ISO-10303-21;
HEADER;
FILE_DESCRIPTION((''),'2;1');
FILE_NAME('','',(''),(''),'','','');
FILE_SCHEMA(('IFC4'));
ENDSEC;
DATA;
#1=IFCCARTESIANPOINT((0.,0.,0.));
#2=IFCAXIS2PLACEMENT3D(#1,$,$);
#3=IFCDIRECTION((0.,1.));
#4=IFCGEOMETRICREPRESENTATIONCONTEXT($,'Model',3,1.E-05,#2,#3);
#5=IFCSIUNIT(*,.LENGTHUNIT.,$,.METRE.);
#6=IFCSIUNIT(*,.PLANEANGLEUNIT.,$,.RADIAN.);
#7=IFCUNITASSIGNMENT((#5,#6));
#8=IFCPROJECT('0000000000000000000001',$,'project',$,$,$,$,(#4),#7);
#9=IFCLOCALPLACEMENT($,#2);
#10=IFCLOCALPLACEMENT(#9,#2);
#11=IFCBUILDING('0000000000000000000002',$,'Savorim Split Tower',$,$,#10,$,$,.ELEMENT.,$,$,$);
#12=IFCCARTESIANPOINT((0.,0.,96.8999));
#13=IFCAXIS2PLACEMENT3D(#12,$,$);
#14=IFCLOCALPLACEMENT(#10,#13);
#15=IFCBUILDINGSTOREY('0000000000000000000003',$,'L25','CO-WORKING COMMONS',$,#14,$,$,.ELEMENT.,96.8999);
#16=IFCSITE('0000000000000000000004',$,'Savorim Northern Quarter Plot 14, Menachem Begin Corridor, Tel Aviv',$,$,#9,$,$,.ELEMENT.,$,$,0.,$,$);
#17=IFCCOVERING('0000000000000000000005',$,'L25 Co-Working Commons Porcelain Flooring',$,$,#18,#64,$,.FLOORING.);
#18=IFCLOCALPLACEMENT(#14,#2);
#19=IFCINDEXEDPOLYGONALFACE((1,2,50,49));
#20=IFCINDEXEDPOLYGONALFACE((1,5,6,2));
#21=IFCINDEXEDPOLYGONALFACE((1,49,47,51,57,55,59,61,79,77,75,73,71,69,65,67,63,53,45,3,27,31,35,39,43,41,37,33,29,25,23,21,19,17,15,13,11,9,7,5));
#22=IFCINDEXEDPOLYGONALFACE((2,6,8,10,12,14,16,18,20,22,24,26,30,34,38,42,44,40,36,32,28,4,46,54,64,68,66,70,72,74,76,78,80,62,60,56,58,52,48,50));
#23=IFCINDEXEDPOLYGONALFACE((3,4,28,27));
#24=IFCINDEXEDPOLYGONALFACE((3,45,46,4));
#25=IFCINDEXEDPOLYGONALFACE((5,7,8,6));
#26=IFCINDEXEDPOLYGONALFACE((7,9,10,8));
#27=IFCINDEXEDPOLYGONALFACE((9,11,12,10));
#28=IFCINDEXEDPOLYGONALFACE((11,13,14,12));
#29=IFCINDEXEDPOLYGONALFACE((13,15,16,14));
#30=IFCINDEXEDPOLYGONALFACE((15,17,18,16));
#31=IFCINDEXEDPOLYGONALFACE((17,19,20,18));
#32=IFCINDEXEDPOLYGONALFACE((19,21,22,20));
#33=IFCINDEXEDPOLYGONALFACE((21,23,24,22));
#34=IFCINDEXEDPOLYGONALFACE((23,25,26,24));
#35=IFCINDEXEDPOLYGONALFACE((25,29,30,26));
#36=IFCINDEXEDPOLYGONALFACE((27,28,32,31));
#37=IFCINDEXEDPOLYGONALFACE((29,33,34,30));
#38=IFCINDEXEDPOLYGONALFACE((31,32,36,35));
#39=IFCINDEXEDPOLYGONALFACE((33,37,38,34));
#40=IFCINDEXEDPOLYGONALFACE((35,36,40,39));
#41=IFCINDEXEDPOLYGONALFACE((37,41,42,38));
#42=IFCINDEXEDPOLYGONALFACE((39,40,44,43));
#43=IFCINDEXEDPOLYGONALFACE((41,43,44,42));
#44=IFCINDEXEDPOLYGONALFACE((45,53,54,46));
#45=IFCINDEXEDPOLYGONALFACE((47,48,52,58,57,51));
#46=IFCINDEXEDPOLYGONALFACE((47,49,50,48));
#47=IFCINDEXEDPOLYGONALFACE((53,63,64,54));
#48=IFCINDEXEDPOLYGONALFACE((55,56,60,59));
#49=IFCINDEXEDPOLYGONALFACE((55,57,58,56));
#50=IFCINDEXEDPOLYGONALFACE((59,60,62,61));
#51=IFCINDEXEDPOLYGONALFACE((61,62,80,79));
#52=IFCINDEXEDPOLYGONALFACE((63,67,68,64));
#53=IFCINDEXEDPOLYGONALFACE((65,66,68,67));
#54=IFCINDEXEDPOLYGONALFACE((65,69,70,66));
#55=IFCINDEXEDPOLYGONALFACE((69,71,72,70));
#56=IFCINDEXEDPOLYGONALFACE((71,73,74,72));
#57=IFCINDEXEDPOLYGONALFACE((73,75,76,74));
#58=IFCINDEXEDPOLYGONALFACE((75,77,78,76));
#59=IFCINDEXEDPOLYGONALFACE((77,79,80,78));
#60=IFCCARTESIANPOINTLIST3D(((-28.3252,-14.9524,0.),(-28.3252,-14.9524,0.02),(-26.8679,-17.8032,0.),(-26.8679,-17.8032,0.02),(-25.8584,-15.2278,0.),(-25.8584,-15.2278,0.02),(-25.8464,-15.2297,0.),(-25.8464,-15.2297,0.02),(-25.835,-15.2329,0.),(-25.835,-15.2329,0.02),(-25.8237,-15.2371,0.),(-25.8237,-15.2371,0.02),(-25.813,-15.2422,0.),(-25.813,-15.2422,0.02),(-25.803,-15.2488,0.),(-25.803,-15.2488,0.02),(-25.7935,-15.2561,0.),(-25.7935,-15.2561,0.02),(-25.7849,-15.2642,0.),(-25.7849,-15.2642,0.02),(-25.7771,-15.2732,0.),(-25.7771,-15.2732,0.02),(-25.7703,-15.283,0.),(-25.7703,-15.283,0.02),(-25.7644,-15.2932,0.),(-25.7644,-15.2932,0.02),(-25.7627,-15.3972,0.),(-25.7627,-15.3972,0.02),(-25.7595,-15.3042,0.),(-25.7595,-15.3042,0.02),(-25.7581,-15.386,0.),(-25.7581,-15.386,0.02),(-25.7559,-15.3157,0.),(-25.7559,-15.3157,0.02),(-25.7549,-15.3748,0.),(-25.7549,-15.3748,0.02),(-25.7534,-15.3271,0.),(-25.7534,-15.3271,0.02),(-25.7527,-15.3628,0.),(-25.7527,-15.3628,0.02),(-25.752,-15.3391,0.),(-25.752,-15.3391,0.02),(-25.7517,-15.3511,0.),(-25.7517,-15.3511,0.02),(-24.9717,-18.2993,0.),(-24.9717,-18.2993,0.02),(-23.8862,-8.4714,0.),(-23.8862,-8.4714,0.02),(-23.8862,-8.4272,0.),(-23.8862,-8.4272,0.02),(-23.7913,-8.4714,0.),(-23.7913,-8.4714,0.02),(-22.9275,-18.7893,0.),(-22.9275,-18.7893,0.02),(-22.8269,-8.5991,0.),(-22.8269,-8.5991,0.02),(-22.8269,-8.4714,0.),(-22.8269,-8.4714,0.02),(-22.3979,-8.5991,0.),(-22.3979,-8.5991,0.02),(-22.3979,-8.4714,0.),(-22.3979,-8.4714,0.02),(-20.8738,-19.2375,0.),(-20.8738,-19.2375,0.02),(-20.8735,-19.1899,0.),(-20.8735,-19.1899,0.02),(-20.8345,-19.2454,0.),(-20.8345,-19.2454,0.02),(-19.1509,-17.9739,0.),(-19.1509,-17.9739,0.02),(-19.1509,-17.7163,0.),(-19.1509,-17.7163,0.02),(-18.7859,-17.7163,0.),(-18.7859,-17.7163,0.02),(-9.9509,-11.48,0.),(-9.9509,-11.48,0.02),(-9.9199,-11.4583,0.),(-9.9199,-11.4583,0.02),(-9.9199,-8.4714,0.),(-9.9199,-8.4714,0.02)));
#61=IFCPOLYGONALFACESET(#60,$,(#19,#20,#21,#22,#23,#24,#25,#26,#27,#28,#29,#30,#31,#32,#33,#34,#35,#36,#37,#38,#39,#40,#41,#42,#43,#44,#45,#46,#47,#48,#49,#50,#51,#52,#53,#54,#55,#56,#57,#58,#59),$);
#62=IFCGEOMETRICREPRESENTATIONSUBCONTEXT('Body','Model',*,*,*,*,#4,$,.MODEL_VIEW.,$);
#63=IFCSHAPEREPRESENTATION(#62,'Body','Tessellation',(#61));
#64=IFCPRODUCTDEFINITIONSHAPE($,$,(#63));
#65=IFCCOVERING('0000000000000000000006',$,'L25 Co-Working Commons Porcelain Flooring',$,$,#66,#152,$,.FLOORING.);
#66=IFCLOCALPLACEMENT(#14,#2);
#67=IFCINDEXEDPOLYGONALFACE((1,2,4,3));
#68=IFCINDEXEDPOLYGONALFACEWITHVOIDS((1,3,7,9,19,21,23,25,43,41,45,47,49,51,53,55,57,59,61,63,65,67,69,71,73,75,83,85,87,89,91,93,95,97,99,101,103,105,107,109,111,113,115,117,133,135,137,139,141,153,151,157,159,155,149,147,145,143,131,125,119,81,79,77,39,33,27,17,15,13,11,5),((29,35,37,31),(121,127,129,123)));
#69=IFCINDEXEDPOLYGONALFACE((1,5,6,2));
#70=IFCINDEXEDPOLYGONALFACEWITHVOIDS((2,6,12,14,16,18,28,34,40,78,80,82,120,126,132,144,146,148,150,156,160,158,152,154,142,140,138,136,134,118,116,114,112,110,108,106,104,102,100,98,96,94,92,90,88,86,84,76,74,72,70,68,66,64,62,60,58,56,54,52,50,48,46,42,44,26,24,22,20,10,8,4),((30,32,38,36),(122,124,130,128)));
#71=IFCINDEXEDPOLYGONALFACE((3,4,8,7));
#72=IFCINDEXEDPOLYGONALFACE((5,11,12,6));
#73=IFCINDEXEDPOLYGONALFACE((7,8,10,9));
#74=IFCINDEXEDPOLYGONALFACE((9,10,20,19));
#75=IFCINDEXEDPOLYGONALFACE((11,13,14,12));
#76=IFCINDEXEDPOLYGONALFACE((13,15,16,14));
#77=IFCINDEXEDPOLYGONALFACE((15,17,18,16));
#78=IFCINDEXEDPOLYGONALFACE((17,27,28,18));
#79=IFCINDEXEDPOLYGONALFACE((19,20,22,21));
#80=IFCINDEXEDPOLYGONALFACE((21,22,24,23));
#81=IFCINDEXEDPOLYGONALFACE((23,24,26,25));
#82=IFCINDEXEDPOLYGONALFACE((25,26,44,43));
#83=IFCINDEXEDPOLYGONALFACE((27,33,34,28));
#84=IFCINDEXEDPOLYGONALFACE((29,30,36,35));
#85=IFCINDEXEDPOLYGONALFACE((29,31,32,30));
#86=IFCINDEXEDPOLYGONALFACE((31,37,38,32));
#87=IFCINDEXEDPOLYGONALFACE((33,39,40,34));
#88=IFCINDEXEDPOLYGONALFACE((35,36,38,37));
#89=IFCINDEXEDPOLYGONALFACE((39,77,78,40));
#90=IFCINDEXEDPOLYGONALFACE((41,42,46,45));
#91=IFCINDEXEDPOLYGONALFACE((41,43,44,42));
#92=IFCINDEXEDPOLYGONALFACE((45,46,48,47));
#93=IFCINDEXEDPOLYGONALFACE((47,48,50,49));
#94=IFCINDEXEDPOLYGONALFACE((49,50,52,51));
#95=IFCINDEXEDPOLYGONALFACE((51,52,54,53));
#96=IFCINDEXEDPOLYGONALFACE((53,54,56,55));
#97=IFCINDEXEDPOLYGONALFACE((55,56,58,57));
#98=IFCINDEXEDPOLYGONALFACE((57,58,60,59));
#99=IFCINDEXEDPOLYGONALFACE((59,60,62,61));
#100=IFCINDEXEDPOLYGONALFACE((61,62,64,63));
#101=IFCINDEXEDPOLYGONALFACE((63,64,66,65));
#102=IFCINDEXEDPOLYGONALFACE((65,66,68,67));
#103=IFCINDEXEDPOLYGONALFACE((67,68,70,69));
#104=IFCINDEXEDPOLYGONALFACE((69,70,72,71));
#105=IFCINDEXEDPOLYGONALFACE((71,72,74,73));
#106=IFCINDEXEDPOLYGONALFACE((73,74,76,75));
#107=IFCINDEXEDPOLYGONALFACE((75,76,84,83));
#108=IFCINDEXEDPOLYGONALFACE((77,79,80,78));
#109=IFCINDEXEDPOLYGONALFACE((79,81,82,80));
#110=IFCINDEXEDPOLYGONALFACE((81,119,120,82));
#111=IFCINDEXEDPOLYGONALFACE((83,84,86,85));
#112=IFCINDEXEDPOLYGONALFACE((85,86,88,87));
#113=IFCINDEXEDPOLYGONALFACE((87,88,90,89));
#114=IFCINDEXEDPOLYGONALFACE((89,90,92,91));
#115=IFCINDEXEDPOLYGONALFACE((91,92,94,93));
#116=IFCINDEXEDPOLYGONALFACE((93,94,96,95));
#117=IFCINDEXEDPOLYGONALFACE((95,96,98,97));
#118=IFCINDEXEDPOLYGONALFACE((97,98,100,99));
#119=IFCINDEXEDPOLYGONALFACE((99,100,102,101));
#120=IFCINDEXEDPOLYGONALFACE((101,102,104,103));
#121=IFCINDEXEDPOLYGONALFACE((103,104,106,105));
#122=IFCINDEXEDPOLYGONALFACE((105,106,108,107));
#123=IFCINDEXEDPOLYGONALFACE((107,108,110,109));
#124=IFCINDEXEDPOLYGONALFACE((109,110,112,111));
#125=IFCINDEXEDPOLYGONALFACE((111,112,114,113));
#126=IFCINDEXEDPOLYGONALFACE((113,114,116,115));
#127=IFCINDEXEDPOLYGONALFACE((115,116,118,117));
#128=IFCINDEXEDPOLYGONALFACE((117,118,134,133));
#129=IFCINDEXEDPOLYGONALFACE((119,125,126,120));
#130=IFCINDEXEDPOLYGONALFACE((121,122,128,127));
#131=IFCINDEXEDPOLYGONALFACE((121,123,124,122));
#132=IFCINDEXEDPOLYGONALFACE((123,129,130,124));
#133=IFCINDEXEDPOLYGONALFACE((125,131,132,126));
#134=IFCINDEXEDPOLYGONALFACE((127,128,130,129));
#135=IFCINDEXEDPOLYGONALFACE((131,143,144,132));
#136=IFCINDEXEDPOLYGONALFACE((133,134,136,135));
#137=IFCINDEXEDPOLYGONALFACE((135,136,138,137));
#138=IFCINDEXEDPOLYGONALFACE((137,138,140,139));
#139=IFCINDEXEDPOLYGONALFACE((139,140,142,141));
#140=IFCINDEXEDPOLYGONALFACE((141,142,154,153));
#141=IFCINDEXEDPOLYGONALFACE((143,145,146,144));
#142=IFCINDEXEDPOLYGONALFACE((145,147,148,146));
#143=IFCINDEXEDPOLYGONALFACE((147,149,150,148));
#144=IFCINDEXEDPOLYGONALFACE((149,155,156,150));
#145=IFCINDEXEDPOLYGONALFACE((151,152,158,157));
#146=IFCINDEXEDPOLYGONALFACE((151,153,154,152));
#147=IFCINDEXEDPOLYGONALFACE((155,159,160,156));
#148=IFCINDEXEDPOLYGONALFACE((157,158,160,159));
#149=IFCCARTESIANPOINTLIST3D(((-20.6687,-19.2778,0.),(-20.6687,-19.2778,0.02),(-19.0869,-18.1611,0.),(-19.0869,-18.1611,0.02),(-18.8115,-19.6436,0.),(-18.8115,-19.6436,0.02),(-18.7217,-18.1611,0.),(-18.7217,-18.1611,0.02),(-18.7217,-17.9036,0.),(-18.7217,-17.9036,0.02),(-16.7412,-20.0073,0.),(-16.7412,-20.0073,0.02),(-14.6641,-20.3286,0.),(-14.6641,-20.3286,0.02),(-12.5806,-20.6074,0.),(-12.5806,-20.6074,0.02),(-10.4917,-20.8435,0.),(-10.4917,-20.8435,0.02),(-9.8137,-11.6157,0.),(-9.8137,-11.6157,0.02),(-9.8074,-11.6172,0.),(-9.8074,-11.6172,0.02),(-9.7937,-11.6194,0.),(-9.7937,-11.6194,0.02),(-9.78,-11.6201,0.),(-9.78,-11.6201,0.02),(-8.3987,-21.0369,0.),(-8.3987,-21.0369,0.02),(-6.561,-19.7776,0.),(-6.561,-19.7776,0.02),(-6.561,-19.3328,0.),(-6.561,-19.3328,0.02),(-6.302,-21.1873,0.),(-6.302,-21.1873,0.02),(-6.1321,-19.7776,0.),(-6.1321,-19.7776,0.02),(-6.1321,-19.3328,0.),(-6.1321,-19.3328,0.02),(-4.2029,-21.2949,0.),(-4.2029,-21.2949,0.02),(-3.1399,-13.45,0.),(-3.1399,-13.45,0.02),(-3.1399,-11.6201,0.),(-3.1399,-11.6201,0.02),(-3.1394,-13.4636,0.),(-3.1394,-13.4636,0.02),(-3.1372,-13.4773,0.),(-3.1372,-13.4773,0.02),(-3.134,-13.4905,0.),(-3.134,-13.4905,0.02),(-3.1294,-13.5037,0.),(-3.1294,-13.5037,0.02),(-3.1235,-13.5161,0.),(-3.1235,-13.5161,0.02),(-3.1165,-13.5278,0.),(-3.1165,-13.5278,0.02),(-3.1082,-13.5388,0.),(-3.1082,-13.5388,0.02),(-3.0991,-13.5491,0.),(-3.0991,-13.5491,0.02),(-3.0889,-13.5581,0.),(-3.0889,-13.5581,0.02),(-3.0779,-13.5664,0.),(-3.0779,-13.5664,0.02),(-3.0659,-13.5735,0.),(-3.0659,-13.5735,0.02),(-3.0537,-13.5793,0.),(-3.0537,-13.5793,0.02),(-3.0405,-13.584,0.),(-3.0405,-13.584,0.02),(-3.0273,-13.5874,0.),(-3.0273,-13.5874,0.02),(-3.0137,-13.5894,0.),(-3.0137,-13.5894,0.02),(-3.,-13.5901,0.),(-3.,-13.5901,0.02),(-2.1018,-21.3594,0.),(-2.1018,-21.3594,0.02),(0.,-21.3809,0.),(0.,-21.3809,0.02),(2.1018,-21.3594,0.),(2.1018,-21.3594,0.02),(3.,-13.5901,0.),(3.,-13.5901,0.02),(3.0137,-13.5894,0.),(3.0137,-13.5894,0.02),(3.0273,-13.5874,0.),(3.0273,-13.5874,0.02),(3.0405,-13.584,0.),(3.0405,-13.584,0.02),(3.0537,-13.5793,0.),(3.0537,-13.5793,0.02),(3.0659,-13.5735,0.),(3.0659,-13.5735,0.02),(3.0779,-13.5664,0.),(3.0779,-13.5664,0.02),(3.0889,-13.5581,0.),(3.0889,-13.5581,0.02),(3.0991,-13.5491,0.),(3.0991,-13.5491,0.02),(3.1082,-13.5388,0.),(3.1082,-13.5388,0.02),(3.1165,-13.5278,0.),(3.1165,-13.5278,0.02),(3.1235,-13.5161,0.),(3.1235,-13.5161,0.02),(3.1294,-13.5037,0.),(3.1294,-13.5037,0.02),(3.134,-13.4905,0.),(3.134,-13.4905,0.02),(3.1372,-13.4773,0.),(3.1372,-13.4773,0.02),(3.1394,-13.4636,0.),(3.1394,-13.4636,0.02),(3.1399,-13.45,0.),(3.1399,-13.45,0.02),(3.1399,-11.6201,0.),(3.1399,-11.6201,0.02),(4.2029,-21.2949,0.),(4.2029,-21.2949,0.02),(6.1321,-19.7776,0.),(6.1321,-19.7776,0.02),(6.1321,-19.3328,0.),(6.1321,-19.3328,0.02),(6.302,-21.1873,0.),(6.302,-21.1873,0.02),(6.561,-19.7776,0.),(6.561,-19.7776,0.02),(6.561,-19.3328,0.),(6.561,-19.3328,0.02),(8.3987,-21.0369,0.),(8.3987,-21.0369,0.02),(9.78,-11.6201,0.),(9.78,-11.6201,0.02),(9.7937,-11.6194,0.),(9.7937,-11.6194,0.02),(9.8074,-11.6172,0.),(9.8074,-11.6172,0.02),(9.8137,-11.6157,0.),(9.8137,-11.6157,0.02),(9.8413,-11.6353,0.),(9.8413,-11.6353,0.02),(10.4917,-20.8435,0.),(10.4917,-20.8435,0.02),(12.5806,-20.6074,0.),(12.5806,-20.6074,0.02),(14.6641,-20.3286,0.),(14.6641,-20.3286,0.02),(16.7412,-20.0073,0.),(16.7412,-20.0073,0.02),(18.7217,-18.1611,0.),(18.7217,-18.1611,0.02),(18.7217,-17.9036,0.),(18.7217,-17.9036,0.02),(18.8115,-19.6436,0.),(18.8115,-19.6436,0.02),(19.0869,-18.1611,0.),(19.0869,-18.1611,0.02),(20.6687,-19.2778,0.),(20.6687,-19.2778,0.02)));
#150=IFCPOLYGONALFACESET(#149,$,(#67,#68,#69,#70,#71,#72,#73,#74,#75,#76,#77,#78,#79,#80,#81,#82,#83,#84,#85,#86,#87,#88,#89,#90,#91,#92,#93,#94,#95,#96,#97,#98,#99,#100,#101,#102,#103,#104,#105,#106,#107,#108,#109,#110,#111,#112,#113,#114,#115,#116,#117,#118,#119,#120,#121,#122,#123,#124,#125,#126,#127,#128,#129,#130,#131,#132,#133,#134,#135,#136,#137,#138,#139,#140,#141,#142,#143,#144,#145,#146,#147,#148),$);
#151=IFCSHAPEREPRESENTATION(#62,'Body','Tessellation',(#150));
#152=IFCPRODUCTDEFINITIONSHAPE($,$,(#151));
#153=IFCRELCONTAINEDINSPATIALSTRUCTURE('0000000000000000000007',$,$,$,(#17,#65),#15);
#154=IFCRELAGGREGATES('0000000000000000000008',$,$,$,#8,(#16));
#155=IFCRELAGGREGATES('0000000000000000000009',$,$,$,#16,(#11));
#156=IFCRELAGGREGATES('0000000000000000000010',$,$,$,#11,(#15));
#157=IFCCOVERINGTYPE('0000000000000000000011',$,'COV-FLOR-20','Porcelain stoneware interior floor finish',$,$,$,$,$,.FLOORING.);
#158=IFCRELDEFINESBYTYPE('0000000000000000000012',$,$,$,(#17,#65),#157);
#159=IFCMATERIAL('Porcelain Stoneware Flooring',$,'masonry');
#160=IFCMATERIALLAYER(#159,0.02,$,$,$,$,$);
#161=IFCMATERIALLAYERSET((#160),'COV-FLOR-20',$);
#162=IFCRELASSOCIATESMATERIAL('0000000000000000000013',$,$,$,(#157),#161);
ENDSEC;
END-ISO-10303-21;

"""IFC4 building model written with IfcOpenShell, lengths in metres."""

from ifc_helpers import new_model, si_unit, direction, frame, origin, place, context, subcontext, project, spatial, polyline, outline, extrude, material, layer, layer_set, type_object, element, save


model = new_model("IFC4")

# Units and contexts
model_context = context("Model", 3, precision=1e-05, world=origin(), true_north=direction((0.0, 1.0)))
body_context = subcontext(model_context, "Body", "Model", "MODEL_VIEW")
ifc_project = project(units=[si_unit("LENGTHUNIT", "METRE"), si_unit("PLANEANGLEUNIT", "RADIAN")], contexts=[model_context])

# Site, building, storey
site_placement = place(None, origin())
site = spatial("IfcSite", under=ifc_project, at=site_placement, Name="Savorim Northern Quarter Plot 14, Menachem Begin Corridor, Tel Aviv", CompositionType="ELEMENT", RefElevation=0.0)
building_placement = place(site_placement, origin())
building = spatial("IfcBuilding", under=site, at=building_placement, Name="Savorim Split Tower", CompositionType="ELEMENT")
storey_placement = place(building_placement, frame((0.0, 0.0, 96.8999)))
storey = spatial("IfcBuildingStorey", under=building, at=storey_placement, Name="L25", Description="CO-WORKING COMMONS", CompositionType="ELEMENT", Elevation=96.8999)

# Coverings
ifc_material_1 = material(Name="Porcelain Stoneware Flooring", Category="masonry")
ifc_layer_1 = layer(ifc_material_1, 0.02)
ifc_layer_set_1 = layer_set([ifc_layer_1], Name="COV-FLOR-20")
covering_type_1 = type_object("IfcCoveringType", Name="COV-FLOR-20", Description="Porcelain stoneware interior floor finish", PredefinedType="FLOORING", material=ifc_layer_set_1)
covering_1_placement = place(storey_placement, origin())
element("IfcCovering", 1, at=covering_1_placement, inside=storey, type_object=covering_type_1, Name="L25 Co-Working Commons Porcelain Flooring", PredefinedType="FLOORING", context=body_context, shape_type="SweptSolid", body=[
    extrude(outline(polyline([(-25.752, -15.3391), (-25.7517, -15.3511), (-25.7527, -15.3628), (-25.7549, -15.3748), (-25.7581, -15.386), (-25.7627, -15.3972), (-26.8679, -17.8032), (-24.9717, -18.2993), (-22.9275, -18.7893), (-20.8738, -19.2375), (-20.8345, -19.2454), (-20.8735, -19.1899), (-19.1509, -17.9739), (-19.1509, -17.7163), (-18.7859, -17.7163), (-9.9509, -11.48), (-9.9199, -11.4583), (-9.9199, -8.4714), (-22.3979, -8.4714), (-22.3979, -8.5991), (-22.8269, -8.5991), (-22.8269, -8.4714), (-23.7913, -8.4714), (-23.8862, -8.4714), (-23.8862, -8.4272), (-28.3252, -14.9524), (-25.8584, -15.2278), (-25.8464, -15.2297), (-25.835, -15.2329), (-25.8237, -15.2371), (-25.813, -15.2422), (-25.803, -15.2488), (-25.7935, -15.2561), (-25.7849, -15.2642), (-25.7771, -15.2732), (-25.7703, -15.283), (-25.7644, -15.2932), (-25.7595, -15.3042), (-25.7559, -15.3157), (-25.7534, -15.3271), (-25.752, -15.3391)])), origin(), (0.0, 0.0, 1.0), 0.02),
])
covering_2_placement = place(storey_placement, origin())
element("IfcCovering", 2, at=covering_2_placement, inside=storey, type_object=covering_type_1, Name="L25 Co-Working Commons Porcelain Flooring", PredefinedType="FLOORING", context=body_context, shape_type="SweptSolid", body=[
    extrude(outline(polyline([(12.5806, -20.6074), (14.6641, -20.3286), (16.7412, -20.0073), (18.8115, -19.6436), (20.6687, -19.2778), (19.0869, -18.1611), (18.7217, -18.1611), (18.7217, -17.9036), (9.8413, -11.6353), (9.8137, -11.6157), (9.8074, -11.6172), (9.7937, -11.6194), (9.78, -11.6201), (3.1399, -11.6201), (3.1399, -13.45), (3.1394, -13.4636), (3.1372, -13.4773), (3.134, -13.4905), (3.1294, -13.5037), (3.1235, -13.5161), (3.1165, -13.5278), (3.1082, -13.5388), (3.0991, -13.5491), (3.0889, -13.5581), (3.0779, -13.5664), (3.0659, -13.5735), (3.0537, -13.5793), (3.0405, -13.584), (3.0273, -13.5874), (3.0137, -13.5894), (3.0, -13.5901), (-3.0, -13.5901), (-3.0137, -13.5894), (-3.0273, -13.5874), (-3.0405, -13.584), (-3.0537, -13.5793), (-3.0659, -13.5735), (-3.0779, -13.5664), (-3.0889, -13.5581), (-3.0991, -13.5491), (-3.1082, -13.5388), (-3.1165, -13.5278), (-3.1235, -13.5161), (-3.1294, -13.5037), (-3.134, -13.4905), (-3.1372, -13.4773), (-3.1394, -13.4636), (-3.1399, -13.45), (-3.1399, -11.6201), (-9.78, -11.6201), (-9.7937, -11.6194), (-9.8074, -11.6172), (-9.8137, -11.6157), (-18.7217, -17.9036), (-18.7217, -18.1611), (-19.0869, -18.1611), (-20.6687, -19.2778), (-18.8115, -19.6436), (-16.7412, -20.0073), (-14.6641, -20.3286), (-12.5806, -20.6074), (-10.4917, -20.8435), (-8.3987, -21.0369), (-6.302, -21.1873), (-4.2029, -21.2949), (-2.1018, -21.3594), (0.0, -21.3809), (2.1018, -21.3594), (4.2029, -21.2949), (6.302, -21.1873), (8.3987, -21.0369), (10.4917, -20.8435), (12.5806, -20.6074)]), holes=[polyline([(-6.561, -19.7776), (-6.1321, -19.7776), (-6.1321, -19.3328), (-6.561, -19.3328), (-6.561, -19.7776)]), polyline([(6.1321, -19.7776), (6.561, -19.7776), (6.561, -19.3328), (6.1321, -19.3328), (6.1321, -19.7776)])]), origin(), (0.0, 0.0, 1.0), 0.02),
])

save(model, "model.ifc")
